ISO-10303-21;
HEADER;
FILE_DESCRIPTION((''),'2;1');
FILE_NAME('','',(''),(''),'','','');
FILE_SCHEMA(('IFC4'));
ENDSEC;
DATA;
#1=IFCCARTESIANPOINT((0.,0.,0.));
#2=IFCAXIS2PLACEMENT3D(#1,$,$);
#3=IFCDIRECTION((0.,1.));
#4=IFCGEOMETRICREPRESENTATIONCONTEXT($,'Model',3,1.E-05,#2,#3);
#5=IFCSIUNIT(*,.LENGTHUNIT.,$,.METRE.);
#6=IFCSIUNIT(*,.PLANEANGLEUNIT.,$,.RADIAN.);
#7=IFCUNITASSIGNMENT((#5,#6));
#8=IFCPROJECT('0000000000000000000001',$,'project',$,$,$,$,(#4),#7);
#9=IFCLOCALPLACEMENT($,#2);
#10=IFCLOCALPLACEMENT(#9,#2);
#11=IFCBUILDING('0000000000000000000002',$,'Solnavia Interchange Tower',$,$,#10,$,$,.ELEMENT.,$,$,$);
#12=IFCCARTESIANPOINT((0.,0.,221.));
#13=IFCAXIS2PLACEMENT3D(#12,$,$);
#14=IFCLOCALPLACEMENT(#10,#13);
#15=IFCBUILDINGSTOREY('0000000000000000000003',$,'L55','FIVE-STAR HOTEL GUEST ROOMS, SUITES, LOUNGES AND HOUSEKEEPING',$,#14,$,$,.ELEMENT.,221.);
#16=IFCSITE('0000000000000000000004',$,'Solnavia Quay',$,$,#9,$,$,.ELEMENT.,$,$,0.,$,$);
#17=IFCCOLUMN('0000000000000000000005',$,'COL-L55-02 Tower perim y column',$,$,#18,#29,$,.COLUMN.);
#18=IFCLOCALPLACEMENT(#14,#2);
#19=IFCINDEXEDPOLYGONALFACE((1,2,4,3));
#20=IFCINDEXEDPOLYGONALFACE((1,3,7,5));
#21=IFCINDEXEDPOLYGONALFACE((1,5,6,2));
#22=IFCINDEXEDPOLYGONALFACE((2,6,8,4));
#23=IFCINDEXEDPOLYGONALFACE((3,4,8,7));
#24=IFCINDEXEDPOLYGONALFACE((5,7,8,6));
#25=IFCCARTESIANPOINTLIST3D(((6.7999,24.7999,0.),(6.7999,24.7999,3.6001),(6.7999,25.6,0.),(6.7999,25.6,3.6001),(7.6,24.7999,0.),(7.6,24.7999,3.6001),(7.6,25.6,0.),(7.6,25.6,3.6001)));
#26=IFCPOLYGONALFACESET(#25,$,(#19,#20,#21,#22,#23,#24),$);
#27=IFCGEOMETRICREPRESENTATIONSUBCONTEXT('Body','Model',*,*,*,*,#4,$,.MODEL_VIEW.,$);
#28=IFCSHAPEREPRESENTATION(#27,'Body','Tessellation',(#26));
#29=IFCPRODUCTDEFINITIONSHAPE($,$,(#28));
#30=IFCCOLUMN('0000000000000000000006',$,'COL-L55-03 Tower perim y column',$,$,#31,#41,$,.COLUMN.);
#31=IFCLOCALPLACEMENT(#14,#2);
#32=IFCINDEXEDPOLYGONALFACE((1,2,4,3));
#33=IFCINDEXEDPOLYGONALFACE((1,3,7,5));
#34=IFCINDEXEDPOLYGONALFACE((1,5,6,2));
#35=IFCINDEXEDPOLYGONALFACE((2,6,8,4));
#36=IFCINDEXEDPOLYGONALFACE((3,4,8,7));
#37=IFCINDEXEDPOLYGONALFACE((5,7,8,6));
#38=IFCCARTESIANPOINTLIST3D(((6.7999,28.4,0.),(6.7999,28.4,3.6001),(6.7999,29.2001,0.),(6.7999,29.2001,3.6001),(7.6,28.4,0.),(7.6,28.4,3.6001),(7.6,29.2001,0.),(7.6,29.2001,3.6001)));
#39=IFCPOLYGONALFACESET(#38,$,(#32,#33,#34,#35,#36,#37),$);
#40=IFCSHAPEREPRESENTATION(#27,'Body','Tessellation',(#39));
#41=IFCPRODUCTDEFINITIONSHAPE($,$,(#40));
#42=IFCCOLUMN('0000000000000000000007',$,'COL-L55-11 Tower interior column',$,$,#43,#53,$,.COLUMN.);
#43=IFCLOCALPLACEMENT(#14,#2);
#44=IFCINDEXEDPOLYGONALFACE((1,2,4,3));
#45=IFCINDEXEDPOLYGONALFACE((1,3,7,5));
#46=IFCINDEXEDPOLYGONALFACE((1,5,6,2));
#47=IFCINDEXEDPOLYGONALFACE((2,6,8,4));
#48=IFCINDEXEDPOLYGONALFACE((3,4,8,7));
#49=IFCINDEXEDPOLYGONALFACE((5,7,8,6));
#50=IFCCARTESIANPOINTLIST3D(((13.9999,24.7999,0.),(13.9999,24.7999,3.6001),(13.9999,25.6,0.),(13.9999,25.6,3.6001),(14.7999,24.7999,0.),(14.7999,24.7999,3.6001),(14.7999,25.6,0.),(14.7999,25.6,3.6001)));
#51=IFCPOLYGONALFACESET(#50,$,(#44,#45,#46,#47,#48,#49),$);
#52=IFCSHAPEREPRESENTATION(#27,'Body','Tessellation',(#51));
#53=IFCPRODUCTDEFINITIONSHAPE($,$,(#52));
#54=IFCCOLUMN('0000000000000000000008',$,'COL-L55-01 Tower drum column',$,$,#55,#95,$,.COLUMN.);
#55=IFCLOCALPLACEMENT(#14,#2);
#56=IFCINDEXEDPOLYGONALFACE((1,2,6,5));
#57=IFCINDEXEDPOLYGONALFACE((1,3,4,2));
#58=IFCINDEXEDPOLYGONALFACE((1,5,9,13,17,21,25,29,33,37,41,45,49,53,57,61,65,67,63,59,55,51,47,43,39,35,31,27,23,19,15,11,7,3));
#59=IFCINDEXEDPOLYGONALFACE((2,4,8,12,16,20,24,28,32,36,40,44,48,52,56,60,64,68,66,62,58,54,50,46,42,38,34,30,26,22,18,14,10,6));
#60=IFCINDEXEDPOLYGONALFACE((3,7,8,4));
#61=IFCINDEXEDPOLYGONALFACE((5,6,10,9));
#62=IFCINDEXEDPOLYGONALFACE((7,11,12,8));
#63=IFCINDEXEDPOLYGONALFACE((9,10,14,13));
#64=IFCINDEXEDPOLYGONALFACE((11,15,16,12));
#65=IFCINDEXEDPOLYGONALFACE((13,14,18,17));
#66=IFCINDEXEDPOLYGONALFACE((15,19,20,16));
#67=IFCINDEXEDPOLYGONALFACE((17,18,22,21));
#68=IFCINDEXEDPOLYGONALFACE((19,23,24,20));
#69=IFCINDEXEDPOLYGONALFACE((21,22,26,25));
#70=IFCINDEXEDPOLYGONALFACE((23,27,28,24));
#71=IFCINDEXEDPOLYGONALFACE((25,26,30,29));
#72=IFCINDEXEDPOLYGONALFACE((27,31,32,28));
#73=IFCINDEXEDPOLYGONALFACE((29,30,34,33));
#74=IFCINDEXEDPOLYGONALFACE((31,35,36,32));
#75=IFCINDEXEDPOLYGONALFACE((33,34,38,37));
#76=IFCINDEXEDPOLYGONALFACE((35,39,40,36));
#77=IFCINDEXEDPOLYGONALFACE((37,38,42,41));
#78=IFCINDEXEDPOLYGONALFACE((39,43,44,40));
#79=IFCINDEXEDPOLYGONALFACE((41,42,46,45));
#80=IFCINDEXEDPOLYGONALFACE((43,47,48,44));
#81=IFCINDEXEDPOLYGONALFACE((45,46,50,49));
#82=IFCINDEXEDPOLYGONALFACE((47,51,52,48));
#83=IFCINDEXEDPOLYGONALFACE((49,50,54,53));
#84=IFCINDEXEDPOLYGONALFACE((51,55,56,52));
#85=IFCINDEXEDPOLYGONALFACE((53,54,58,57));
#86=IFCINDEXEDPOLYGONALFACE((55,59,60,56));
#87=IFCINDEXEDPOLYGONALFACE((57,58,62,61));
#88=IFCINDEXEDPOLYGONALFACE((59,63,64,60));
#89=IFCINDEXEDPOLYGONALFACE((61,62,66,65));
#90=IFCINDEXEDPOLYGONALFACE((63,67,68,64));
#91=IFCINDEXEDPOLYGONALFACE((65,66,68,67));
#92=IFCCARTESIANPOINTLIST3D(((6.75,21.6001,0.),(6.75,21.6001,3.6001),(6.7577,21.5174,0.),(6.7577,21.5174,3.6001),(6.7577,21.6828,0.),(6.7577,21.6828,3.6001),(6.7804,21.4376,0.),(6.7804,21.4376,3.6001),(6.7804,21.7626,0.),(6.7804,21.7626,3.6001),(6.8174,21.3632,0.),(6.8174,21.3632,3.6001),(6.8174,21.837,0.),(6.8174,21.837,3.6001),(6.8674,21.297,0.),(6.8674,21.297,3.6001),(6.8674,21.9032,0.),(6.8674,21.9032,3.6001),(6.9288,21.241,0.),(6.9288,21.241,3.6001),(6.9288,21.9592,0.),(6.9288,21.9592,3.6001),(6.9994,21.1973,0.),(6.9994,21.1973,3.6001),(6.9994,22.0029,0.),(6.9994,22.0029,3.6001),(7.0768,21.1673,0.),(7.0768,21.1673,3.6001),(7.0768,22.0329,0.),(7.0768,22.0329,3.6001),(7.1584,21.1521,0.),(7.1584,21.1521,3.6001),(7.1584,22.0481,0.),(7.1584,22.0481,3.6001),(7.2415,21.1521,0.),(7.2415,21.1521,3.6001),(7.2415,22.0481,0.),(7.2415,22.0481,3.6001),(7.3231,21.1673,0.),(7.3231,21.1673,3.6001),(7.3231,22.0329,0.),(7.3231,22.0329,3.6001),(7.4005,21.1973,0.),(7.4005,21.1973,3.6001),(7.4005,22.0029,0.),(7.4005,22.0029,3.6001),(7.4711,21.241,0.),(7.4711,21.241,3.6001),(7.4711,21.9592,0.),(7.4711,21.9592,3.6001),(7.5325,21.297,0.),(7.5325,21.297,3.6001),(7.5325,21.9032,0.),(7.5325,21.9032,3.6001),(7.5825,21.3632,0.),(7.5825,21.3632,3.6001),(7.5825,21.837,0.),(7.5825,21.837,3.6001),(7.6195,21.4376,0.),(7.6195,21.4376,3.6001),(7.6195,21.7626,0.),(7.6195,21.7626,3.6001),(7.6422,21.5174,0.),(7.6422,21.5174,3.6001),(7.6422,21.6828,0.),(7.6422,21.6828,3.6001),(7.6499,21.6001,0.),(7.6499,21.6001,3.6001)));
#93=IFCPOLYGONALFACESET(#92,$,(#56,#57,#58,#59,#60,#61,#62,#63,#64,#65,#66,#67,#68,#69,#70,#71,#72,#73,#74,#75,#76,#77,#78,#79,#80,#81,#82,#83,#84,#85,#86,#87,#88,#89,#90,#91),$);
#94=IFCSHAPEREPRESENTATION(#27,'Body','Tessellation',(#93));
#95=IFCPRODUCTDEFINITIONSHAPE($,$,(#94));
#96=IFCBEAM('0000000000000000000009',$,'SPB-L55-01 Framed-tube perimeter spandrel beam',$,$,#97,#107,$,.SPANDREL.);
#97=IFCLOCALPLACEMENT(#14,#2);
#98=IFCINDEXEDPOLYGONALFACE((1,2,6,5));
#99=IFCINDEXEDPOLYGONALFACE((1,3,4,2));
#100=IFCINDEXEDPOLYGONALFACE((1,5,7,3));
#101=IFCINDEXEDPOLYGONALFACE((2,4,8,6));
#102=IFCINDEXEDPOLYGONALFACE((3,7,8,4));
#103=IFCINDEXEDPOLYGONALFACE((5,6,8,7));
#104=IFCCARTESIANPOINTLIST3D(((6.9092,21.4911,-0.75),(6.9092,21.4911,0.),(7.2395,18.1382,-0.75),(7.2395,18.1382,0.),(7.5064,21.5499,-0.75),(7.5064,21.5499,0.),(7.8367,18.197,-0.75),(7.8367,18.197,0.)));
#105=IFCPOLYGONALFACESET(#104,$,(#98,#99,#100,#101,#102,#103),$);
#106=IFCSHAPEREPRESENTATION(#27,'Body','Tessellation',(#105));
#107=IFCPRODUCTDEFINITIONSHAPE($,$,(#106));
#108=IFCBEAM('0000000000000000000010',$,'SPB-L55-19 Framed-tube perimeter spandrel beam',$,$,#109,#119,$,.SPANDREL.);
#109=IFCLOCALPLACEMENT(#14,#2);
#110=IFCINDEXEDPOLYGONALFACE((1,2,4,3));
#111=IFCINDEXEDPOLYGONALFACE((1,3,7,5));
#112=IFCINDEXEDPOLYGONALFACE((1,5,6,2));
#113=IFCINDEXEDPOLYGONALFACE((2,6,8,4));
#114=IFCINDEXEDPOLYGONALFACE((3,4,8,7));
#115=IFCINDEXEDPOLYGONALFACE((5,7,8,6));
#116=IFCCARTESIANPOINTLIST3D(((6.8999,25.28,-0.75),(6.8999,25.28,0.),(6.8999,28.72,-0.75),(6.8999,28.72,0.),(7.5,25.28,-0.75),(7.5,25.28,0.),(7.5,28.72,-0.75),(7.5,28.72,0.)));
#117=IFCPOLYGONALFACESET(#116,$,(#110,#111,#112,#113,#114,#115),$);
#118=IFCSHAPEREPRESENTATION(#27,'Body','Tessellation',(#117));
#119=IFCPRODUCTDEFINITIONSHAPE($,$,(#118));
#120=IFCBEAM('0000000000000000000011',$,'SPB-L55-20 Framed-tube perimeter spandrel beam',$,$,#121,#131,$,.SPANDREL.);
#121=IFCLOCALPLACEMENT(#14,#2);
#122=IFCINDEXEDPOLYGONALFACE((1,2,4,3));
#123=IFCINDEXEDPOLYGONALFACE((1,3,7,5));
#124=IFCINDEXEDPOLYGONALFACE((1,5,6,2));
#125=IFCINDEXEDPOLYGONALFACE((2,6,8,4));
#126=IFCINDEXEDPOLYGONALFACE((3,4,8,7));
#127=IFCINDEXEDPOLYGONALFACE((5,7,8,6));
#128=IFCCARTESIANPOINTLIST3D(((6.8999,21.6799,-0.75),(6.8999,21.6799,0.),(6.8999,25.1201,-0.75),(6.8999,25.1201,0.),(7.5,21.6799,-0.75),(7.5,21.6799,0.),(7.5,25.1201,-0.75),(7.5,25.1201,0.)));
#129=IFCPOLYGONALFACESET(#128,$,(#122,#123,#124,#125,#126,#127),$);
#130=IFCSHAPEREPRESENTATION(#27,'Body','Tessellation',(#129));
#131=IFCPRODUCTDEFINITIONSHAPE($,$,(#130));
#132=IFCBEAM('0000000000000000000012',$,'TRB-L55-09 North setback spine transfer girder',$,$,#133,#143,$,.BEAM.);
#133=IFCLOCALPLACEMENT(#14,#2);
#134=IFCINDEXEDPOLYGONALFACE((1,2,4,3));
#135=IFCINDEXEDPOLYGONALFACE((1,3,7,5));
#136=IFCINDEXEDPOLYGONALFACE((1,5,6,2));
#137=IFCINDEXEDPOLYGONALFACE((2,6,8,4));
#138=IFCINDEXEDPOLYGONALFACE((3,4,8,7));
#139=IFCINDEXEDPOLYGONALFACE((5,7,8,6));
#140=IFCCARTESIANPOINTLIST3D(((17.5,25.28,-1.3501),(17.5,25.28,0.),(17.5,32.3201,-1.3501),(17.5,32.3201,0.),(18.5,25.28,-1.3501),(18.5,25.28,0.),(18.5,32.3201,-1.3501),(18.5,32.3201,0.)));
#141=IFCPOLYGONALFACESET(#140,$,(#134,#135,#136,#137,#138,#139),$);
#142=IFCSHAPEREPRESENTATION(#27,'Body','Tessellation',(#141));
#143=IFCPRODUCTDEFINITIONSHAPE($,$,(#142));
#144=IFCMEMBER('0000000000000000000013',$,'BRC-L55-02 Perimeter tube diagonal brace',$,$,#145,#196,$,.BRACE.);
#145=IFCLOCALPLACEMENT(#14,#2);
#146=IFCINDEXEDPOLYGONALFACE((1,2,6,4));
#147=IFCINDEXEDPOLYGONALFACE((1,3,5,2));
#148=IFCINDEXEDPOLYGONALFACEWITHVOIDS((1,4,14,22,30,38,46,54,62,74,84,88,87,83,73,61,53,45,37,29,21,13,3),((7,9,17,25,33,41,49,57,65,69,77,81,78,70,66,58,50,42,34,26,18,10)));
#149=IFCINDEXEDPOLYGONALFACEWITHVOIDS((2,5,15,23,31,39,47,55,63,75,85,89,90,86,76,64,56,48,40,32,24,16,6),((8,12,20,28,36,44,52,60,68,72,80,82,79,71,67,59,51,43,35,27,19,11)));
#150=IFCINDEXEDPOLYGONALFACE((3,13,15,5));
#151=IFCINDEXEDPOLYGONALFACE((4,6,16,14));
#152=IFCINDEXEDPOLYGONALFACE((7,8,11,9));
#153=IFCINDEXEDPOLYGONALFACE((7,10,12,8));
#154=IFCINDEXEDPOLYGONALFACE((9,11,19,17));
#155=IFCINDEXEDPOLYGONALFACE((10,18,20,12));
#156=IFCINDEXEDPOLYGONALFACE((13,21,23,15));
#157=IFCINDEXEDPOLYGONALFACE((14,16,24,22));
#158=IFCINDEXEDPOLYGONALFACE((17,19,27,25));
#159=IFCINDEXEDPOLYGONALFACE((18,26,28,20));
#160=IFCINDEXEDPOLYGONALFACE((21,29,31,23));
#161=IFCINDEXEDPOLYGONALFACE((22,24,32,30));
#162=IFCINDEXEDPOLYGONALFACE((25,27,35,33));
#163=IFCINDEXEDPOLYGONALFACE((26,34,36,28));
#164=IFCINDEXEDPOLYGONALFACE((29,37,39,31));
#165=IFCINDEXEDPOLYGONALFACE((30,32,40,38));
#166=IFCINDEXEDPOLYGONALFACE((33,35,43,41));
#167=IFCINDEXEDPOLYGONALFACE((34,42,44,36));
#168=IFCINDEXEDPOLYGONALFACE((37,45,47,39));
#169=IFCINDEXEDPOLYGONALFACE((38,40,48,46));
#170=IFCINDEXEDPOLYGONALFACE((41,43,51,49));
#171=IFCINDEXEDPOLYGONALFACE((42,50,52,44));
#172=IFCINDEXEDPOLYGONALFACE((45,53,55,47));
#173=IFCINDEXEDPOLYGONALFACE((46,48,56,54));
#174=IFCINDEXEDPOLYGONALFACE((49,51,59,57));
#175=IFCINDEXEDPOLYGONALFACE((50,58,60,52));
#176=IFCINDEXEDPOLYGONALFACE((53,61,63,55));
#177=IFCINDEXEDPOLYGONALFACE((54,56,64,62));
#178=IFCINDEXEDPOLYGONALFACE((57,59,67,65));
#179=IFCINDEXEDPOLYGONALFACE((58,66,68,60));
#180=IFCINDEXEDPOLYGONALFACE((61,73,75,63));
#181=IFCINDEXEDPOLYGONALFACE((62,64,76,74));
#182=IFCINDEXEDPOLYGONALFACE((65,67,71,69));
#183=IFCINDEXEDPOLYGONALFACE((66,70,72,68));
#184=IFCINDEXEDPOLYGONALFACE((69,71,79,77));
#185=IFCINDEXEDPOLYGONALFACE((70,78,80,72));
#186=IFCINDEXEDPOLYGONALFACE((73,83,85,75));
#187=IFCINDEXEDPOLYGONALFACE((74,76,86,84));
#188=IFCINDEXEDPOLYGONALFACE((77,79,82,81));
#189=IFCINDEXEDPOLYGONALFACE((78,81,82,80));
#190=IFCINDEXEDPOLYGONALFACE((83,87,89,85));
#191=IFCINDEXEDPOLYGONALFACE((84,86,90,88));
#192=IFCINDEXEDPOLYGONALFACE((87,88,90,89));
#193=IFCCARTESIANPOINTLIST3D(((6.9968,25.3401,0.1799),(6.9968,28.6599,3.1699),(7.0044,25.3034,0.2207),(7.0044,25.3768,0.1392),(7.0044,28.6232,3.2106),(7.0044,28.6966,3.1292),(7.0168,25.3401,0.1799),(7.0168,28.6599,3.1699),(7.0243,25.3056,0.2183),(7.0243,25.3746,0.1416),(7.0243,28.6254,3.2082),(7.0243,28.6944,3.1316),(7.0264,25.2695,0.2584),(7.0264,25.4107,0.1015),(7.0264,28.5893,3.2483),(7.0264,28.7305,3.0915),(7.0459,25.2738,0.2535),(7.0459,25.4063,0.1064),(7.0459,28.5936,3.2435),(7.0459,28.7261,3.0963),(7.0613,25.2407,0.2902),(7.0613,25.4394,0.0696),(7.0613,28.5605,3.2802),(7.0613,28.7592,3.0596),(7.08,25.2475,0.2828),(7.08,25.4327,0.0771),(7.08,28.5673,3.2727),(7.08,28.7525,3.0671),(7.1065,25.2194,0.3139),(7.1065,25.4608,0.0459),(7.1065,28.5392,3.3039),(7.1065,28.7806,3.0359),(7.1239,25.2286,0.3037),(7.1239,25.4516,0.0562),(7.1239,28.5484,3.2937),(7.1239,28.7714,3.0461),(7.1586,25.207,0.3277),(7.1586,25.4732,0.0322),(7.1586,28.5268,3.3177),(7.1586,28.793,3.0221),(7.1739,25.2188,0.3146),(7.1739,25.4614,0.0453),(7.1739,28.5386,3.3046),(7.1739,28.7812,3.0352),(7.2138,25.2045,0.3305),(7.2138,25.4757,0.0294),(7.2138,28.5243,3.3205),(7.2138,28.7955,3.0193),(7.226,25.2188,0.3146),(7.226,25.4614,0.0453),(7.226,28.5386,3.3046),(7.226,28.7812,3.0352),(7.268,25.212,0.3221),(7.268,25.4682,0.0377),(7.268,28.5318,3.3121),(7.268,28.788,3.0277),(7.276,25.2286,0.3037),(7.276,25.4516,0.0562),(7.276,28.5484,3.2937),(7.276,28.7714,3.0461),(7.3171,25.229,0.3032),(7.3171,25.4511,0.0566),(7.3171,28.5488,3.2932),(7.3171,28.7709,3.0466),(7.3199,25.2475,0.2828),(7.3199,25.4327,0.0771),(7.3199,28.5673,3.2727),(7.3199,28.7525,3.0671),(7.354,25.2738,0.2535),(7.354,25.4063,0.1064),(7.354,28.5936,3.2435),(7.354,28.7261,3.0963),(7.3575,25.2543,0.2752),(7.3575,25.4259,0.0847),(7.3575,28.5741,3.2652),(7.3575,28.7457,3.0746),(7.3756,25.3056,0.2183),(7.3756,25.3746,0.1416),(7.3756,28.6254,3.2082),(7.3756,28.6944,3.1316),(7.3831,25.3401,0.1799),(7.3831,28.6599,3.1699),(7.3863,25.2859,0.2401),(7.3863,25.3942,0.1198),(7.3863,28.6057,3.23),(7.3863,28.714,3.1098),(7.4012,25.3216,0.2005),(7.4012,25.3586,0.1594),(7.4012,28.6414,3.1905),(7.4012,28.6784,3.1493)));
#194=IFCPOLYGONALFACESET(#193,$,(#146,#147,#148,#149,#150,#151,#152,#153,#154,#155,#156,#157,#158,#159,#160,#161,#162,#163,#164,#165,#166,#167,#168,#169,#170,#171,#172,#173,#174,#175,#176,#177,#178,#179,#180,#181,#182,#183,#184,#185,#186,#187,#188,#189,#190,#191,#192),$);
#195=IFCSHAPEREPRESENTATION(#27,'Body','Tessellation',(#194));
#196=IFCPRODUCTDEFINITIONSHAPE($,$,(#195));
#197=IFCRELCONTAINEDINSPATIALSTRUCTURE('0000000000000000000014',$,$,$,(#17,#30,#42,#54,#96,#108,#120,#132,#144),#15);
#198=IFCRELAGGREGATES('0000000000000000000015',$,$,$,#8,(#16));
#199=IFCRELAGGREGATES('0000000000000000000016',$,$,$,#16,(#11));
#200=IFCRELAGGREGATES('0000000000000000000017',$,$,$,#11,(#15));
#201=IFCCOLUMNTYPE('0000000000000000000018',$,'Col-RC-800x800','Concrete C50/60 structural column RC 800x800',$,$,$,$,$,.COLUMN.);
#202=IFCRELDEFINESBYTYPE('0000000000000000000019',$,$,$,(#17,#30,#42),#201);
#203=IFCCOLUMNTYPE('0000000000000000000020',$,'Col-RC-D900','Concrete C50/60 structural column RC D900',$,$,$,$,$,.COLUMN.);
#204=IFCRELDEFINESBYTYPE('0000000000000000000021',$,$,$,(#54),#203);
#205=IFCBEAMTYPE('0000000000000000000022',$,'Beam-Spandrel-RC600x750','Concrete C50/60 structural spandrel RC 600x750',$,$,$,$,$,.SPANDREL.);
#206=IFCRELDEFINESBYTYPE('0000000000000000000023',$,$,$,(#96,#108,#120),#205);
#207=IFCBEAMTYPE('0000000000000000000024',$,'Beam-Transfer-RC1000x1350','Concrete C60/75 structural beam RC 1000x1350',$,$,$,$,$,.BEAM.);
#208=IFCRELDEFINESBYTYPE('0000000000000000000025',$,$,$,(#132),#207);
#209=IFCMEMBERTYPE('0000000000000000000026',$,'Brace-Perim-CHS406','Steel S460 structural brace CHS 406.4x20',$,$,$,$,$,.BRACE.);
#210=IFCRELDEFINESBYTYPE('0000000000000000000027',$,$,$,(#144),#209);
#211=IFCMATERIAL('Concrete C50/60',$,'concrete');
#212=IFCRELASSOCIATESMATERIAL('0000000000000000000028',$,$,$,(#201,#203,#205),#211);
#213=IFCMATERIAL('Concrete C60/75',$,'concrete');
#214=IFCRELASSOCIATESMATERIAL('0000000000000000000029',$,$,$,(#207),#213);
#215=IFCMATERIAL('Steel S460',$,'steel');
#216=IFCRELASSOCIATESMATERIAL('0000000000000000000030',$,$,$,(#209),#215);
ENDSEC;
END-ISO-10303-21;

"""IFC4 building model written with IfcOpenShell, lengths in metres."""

from ifc_helpers import new_model, si_unit, direction, frame, origin, origin_2d, place, context, subcontext, project, spatial, rectangle, circle, hollow_circle, extrude, material, material_profile, profile_set, type_object, element, save


model = new_model("IFC4")

# Units and contexts
model_context = context("Model", 3, precision=1e-05, world=origin(), true_north=direction((0.0, 1.0)))
body_context = subcontext(model_context, "Body", "Model", "MODEL_VIEW")
ifc_project = project(units=[si_unit("LENGTHUNIT", "METRE"), si_unit("PLANEANGLEUNIT", "RADIAN")], contexts=[model_context])

# Site, building, storey
site_placement = place(None, origin())
site = spatial("IfcSite", under=ifc_project, at=site_placement, Name="Solnavia Quay", CompositionType="ELEMENT", RefElevation=0.0)
building_placement = place(site_placement, origin())
building = spatial("IfcBuilding", under=site, at=building_placement, Name="Solnavia Interchange Tower", CompositionType="ELEMENT")
storey_placement = place(building_placement, frame((0.0, 0.0, 221.0)))
storey = spatial("IfcBuildingStorey", under=building, at=storey_placement, Name="L55", Description="FIVE-STAR HOTEL GUEST ROOMS, SUITES, LOUNGES AND HOUSEKEEPING", CompositionType="ELEMENT", Elevation=221.0)

# Columns
ifc_material_1 = material(Name="Concrete C50/60", Category="concrete")
ifc_material_profile_1 = material_profile(ifc_material_1, rectangle(XDim=0.8, YDim=0.8, at=origin_2d()), Name="RC 800x800")
ifc_profile_set_1 = profile_set([ifc_material_profile_1], Name="Concrete C50/60")
column_type_1 = type_object("IfcColumnType", Name="Col-RC-800x800", Description="Concrete C50/60 structural column RC 800x800", PredefinedType="COLUMN", material=ifc_profile_set_1)
for number, where, z_axis, x_axis, name in (
    (1, (7.2, 25.2, 0.0), (0.0, 0.0, 1.0), (0.0, 1.0, 0.0), "COL-L55-02 Tower perim y column"),
    (2, (7.2, 28.8, 0.0), (0.0, 0.0, 1.0), (0.0, 1.0, 0.0), "COL-L55-03 Tower perim y column"),
    (3, (14.3999, 25.2, 0.0), (0.0, 0.0, 1.0), (1.0, 0.0, 0.0), "COL-L55-11 Tower interior column"),
):
    element("IfcColumn", number, at=place(storey_placement, frame(where, z_axis=z_axis, x_axis=x_axis)), inside=storey, type_object=column_type_1, Name=name, PredefinedType="COLUMN", context=body_context, shape_type="SweptSolid", body=[
        extrude(rectangle(XDim=0.8, YDim=0.8, at=origin_2d()), origin(), (0.0, 0.0, 1.0), 3.6001),
    ])
ifc_material_profile_2 = material_profile(ifc_material_1, circle(Radius=0.45, at=origin_2d()), Name="RC D900")
ifc_profile_set_2 = profile_set([ifc_material_profile_2], Name="Concrete C50/60")
column_type_2 = type_object("IfcColumnType", Name="Col-RC-D900", Description="Concrete C50/60 structural column RC D900", PredefinedType="COLUMN", material=ifc_profile_set_2)
column_placement = place(storey_placement, frame((7.2, 21.6001, 0.0), z_axis=(0.0, 0.0, 1.0), x_axis=(1.0, 0.0, 0.0)))
element("IfcColumn", 4, at=column_placement, inside=storey, type_object=column_type_2, Name="COL-L55-01 Tower drum column", PredefinedType="COLUMN", context=body_context, shape_type="SweptSolid", body=[
    extrude(circle(Radius=0.45, at=origin_2d()), origin(), (0.0, 0.0, 1.0), 3.6001),
])

# Beams
ifc_material_profile_3 = material_profile(ifc_material_1, rectangle(XDim=0.6001, YDim=0.75, at=origin_2d()), Name="RC 600x750")
ifc_profile_set_3 = profile_set([ifc_material_profile_3], Name="Concrete C50/60")
beam_type_1 = type_object("IfcBeamType", Name="Beam-Spandrel-RC600x750", Description="Concrete C50/60 structural spandrel RC 600x750", PredefinedType="SPANDREL", material=ifc_profile_set_3)
beam_1_placement = place(storey_placement, frame((7.2078, 21.5205, -0.375), z_axis=(0.09804, -0.995182, 0.0), x_axis=(0.995182, 0.09804, 0.0)))
element("IfcBeam", 5, at=beam_1_placement, inside=storey, type_object=beam_type_1, Name="SPB-L55-01 Framed-tube perimeter spandrel beam", PredefinedType="SPANDREL", context=body_context, shape_type="SweptSolid", body=[
    extrude(rectangle(XDim=0.6001, YDim=0.75, at=origin_2d()), origin(), (0.0, 0.0, 1.0), 3.3691),
])
beam_2_placement = place(storey_placement, frame((7.2, 28.72, -0.375), z_axis=(0.0, -1.0, 0.0), x_axis=(1.0, 0.0, 0.0)))
element("IfcBeam", 6, at=beam_2_placement, inside=storey, type_object=beam_type_1, Name="SPB-L55-19 Framed-tube perimeter spandrel beam", PredefinedType="SPANDREL", context=body_context, shape_type="SweptSolid", body=[
    extrude(rectangle(XDim=0.6001, YDim=0.75, at=origin_2d()), origin(), (0.0, 0.0, 1.0), 3.4399),
])
beam_3_placement = place(storey_placement, frame((7.2, 25.1201, -0.375), z_axis=(0.0, -1.0, 0.0), x_axis=(1.0, 0.0, 0.0)))
element("IfcBeam", 7, at=beam_3_placement, inside=storey, type_object=beam_type_1, Name="SPB-L55-20 Framed-tube perimeter spandrel beam", PredefinedType="SPANDREL", context=body_context, shape_type="SweptSolid", body=[
    extrude(rectangle(XDim=0.6001, YDim=0.75, at=origin_2d()), origin(), (0.0, 0.0, 1.0), 3.4402),
])
ifc_material_2 = material(Name="Concrete C60/75", Category="concrete")
ifc_material_profile_4 = material_profile(ifc_material_2, rectangle(XDim=1.0, YDim=1.3501, at=origin_2d()), Name="RC 1000x1350")
ifc_profile_set_4 = profile_set([ifc_material_profile_4], Name="Concrete C60/75")
beam_type_2 = type_object("IfcBeamType", Name="Beam-Transfer-RC1000x1350", Description="Concrete C60/75 structural beam RC 1000x1350", PredefinedType="BEAM", material=ifc_profile_set_4)
beam_4_placement = place(storey_placement, frame((18.0, 25.28, -0.675), z_axis=(0.0, 1.0, 0.0), x_axis=(-1.0, 0.0, 0.0)))
element("IfcBeam", 8, at=beam_4_placement, inside=storey, type_object=beam_type_2, Name="TRB-L55-09 North setback spine transfer girder", PredefinedType="BEAM", context=body_context, shape_type="SweptSolid", body=[
    extrude(rectangle(XDim=1.0, YDim=1.3501, at=origin_2d()), origin(), (0.0, 0.0, 1.0), 7.04),
])

# Member
ifc_material_3 = material(Name="Steel S460", Category="steel")
ifc_material_profile_5 = material_profile(ifc_material_3, hollow_circle(Radius=0.2031, WallThickness=0.02, at=origin_2d()), Name="CHS 406.4x20")
ifc_profile_set_5 = profile_set([ifc_material_profile_5], Name="Steel S460")
member_type = type_object("IfcMemberType", Name="Brace-Perim-CHS406", Description="Steel S460 structural brace CHS 406.4x20", PredefinedType="BRACE", material=ifc_profile_set_5)
member_placement = place(storey_placement, frame((7.2, 25.3401, 0.1799), z_axis=(0.0, 0.743055, 0.66923), x_axis=(-1.0, 0.0, 0.0)))
element("IfcMember", 9, at=member_placement, inside=storey, type_object=member_type, Name="BRC-L55-02 Perimeter tube diagonal brace", PredefinedType="BRACE", context=body_context, shape_type="SweptSolid", body=[
    extrude(hollow_circle(Radius=0.2031, WallThickness=0.02, at=origin_2d()), origin(), (0.0, 0.0, 1.0), 4.4678),
])

save(model, "model.ifc")
